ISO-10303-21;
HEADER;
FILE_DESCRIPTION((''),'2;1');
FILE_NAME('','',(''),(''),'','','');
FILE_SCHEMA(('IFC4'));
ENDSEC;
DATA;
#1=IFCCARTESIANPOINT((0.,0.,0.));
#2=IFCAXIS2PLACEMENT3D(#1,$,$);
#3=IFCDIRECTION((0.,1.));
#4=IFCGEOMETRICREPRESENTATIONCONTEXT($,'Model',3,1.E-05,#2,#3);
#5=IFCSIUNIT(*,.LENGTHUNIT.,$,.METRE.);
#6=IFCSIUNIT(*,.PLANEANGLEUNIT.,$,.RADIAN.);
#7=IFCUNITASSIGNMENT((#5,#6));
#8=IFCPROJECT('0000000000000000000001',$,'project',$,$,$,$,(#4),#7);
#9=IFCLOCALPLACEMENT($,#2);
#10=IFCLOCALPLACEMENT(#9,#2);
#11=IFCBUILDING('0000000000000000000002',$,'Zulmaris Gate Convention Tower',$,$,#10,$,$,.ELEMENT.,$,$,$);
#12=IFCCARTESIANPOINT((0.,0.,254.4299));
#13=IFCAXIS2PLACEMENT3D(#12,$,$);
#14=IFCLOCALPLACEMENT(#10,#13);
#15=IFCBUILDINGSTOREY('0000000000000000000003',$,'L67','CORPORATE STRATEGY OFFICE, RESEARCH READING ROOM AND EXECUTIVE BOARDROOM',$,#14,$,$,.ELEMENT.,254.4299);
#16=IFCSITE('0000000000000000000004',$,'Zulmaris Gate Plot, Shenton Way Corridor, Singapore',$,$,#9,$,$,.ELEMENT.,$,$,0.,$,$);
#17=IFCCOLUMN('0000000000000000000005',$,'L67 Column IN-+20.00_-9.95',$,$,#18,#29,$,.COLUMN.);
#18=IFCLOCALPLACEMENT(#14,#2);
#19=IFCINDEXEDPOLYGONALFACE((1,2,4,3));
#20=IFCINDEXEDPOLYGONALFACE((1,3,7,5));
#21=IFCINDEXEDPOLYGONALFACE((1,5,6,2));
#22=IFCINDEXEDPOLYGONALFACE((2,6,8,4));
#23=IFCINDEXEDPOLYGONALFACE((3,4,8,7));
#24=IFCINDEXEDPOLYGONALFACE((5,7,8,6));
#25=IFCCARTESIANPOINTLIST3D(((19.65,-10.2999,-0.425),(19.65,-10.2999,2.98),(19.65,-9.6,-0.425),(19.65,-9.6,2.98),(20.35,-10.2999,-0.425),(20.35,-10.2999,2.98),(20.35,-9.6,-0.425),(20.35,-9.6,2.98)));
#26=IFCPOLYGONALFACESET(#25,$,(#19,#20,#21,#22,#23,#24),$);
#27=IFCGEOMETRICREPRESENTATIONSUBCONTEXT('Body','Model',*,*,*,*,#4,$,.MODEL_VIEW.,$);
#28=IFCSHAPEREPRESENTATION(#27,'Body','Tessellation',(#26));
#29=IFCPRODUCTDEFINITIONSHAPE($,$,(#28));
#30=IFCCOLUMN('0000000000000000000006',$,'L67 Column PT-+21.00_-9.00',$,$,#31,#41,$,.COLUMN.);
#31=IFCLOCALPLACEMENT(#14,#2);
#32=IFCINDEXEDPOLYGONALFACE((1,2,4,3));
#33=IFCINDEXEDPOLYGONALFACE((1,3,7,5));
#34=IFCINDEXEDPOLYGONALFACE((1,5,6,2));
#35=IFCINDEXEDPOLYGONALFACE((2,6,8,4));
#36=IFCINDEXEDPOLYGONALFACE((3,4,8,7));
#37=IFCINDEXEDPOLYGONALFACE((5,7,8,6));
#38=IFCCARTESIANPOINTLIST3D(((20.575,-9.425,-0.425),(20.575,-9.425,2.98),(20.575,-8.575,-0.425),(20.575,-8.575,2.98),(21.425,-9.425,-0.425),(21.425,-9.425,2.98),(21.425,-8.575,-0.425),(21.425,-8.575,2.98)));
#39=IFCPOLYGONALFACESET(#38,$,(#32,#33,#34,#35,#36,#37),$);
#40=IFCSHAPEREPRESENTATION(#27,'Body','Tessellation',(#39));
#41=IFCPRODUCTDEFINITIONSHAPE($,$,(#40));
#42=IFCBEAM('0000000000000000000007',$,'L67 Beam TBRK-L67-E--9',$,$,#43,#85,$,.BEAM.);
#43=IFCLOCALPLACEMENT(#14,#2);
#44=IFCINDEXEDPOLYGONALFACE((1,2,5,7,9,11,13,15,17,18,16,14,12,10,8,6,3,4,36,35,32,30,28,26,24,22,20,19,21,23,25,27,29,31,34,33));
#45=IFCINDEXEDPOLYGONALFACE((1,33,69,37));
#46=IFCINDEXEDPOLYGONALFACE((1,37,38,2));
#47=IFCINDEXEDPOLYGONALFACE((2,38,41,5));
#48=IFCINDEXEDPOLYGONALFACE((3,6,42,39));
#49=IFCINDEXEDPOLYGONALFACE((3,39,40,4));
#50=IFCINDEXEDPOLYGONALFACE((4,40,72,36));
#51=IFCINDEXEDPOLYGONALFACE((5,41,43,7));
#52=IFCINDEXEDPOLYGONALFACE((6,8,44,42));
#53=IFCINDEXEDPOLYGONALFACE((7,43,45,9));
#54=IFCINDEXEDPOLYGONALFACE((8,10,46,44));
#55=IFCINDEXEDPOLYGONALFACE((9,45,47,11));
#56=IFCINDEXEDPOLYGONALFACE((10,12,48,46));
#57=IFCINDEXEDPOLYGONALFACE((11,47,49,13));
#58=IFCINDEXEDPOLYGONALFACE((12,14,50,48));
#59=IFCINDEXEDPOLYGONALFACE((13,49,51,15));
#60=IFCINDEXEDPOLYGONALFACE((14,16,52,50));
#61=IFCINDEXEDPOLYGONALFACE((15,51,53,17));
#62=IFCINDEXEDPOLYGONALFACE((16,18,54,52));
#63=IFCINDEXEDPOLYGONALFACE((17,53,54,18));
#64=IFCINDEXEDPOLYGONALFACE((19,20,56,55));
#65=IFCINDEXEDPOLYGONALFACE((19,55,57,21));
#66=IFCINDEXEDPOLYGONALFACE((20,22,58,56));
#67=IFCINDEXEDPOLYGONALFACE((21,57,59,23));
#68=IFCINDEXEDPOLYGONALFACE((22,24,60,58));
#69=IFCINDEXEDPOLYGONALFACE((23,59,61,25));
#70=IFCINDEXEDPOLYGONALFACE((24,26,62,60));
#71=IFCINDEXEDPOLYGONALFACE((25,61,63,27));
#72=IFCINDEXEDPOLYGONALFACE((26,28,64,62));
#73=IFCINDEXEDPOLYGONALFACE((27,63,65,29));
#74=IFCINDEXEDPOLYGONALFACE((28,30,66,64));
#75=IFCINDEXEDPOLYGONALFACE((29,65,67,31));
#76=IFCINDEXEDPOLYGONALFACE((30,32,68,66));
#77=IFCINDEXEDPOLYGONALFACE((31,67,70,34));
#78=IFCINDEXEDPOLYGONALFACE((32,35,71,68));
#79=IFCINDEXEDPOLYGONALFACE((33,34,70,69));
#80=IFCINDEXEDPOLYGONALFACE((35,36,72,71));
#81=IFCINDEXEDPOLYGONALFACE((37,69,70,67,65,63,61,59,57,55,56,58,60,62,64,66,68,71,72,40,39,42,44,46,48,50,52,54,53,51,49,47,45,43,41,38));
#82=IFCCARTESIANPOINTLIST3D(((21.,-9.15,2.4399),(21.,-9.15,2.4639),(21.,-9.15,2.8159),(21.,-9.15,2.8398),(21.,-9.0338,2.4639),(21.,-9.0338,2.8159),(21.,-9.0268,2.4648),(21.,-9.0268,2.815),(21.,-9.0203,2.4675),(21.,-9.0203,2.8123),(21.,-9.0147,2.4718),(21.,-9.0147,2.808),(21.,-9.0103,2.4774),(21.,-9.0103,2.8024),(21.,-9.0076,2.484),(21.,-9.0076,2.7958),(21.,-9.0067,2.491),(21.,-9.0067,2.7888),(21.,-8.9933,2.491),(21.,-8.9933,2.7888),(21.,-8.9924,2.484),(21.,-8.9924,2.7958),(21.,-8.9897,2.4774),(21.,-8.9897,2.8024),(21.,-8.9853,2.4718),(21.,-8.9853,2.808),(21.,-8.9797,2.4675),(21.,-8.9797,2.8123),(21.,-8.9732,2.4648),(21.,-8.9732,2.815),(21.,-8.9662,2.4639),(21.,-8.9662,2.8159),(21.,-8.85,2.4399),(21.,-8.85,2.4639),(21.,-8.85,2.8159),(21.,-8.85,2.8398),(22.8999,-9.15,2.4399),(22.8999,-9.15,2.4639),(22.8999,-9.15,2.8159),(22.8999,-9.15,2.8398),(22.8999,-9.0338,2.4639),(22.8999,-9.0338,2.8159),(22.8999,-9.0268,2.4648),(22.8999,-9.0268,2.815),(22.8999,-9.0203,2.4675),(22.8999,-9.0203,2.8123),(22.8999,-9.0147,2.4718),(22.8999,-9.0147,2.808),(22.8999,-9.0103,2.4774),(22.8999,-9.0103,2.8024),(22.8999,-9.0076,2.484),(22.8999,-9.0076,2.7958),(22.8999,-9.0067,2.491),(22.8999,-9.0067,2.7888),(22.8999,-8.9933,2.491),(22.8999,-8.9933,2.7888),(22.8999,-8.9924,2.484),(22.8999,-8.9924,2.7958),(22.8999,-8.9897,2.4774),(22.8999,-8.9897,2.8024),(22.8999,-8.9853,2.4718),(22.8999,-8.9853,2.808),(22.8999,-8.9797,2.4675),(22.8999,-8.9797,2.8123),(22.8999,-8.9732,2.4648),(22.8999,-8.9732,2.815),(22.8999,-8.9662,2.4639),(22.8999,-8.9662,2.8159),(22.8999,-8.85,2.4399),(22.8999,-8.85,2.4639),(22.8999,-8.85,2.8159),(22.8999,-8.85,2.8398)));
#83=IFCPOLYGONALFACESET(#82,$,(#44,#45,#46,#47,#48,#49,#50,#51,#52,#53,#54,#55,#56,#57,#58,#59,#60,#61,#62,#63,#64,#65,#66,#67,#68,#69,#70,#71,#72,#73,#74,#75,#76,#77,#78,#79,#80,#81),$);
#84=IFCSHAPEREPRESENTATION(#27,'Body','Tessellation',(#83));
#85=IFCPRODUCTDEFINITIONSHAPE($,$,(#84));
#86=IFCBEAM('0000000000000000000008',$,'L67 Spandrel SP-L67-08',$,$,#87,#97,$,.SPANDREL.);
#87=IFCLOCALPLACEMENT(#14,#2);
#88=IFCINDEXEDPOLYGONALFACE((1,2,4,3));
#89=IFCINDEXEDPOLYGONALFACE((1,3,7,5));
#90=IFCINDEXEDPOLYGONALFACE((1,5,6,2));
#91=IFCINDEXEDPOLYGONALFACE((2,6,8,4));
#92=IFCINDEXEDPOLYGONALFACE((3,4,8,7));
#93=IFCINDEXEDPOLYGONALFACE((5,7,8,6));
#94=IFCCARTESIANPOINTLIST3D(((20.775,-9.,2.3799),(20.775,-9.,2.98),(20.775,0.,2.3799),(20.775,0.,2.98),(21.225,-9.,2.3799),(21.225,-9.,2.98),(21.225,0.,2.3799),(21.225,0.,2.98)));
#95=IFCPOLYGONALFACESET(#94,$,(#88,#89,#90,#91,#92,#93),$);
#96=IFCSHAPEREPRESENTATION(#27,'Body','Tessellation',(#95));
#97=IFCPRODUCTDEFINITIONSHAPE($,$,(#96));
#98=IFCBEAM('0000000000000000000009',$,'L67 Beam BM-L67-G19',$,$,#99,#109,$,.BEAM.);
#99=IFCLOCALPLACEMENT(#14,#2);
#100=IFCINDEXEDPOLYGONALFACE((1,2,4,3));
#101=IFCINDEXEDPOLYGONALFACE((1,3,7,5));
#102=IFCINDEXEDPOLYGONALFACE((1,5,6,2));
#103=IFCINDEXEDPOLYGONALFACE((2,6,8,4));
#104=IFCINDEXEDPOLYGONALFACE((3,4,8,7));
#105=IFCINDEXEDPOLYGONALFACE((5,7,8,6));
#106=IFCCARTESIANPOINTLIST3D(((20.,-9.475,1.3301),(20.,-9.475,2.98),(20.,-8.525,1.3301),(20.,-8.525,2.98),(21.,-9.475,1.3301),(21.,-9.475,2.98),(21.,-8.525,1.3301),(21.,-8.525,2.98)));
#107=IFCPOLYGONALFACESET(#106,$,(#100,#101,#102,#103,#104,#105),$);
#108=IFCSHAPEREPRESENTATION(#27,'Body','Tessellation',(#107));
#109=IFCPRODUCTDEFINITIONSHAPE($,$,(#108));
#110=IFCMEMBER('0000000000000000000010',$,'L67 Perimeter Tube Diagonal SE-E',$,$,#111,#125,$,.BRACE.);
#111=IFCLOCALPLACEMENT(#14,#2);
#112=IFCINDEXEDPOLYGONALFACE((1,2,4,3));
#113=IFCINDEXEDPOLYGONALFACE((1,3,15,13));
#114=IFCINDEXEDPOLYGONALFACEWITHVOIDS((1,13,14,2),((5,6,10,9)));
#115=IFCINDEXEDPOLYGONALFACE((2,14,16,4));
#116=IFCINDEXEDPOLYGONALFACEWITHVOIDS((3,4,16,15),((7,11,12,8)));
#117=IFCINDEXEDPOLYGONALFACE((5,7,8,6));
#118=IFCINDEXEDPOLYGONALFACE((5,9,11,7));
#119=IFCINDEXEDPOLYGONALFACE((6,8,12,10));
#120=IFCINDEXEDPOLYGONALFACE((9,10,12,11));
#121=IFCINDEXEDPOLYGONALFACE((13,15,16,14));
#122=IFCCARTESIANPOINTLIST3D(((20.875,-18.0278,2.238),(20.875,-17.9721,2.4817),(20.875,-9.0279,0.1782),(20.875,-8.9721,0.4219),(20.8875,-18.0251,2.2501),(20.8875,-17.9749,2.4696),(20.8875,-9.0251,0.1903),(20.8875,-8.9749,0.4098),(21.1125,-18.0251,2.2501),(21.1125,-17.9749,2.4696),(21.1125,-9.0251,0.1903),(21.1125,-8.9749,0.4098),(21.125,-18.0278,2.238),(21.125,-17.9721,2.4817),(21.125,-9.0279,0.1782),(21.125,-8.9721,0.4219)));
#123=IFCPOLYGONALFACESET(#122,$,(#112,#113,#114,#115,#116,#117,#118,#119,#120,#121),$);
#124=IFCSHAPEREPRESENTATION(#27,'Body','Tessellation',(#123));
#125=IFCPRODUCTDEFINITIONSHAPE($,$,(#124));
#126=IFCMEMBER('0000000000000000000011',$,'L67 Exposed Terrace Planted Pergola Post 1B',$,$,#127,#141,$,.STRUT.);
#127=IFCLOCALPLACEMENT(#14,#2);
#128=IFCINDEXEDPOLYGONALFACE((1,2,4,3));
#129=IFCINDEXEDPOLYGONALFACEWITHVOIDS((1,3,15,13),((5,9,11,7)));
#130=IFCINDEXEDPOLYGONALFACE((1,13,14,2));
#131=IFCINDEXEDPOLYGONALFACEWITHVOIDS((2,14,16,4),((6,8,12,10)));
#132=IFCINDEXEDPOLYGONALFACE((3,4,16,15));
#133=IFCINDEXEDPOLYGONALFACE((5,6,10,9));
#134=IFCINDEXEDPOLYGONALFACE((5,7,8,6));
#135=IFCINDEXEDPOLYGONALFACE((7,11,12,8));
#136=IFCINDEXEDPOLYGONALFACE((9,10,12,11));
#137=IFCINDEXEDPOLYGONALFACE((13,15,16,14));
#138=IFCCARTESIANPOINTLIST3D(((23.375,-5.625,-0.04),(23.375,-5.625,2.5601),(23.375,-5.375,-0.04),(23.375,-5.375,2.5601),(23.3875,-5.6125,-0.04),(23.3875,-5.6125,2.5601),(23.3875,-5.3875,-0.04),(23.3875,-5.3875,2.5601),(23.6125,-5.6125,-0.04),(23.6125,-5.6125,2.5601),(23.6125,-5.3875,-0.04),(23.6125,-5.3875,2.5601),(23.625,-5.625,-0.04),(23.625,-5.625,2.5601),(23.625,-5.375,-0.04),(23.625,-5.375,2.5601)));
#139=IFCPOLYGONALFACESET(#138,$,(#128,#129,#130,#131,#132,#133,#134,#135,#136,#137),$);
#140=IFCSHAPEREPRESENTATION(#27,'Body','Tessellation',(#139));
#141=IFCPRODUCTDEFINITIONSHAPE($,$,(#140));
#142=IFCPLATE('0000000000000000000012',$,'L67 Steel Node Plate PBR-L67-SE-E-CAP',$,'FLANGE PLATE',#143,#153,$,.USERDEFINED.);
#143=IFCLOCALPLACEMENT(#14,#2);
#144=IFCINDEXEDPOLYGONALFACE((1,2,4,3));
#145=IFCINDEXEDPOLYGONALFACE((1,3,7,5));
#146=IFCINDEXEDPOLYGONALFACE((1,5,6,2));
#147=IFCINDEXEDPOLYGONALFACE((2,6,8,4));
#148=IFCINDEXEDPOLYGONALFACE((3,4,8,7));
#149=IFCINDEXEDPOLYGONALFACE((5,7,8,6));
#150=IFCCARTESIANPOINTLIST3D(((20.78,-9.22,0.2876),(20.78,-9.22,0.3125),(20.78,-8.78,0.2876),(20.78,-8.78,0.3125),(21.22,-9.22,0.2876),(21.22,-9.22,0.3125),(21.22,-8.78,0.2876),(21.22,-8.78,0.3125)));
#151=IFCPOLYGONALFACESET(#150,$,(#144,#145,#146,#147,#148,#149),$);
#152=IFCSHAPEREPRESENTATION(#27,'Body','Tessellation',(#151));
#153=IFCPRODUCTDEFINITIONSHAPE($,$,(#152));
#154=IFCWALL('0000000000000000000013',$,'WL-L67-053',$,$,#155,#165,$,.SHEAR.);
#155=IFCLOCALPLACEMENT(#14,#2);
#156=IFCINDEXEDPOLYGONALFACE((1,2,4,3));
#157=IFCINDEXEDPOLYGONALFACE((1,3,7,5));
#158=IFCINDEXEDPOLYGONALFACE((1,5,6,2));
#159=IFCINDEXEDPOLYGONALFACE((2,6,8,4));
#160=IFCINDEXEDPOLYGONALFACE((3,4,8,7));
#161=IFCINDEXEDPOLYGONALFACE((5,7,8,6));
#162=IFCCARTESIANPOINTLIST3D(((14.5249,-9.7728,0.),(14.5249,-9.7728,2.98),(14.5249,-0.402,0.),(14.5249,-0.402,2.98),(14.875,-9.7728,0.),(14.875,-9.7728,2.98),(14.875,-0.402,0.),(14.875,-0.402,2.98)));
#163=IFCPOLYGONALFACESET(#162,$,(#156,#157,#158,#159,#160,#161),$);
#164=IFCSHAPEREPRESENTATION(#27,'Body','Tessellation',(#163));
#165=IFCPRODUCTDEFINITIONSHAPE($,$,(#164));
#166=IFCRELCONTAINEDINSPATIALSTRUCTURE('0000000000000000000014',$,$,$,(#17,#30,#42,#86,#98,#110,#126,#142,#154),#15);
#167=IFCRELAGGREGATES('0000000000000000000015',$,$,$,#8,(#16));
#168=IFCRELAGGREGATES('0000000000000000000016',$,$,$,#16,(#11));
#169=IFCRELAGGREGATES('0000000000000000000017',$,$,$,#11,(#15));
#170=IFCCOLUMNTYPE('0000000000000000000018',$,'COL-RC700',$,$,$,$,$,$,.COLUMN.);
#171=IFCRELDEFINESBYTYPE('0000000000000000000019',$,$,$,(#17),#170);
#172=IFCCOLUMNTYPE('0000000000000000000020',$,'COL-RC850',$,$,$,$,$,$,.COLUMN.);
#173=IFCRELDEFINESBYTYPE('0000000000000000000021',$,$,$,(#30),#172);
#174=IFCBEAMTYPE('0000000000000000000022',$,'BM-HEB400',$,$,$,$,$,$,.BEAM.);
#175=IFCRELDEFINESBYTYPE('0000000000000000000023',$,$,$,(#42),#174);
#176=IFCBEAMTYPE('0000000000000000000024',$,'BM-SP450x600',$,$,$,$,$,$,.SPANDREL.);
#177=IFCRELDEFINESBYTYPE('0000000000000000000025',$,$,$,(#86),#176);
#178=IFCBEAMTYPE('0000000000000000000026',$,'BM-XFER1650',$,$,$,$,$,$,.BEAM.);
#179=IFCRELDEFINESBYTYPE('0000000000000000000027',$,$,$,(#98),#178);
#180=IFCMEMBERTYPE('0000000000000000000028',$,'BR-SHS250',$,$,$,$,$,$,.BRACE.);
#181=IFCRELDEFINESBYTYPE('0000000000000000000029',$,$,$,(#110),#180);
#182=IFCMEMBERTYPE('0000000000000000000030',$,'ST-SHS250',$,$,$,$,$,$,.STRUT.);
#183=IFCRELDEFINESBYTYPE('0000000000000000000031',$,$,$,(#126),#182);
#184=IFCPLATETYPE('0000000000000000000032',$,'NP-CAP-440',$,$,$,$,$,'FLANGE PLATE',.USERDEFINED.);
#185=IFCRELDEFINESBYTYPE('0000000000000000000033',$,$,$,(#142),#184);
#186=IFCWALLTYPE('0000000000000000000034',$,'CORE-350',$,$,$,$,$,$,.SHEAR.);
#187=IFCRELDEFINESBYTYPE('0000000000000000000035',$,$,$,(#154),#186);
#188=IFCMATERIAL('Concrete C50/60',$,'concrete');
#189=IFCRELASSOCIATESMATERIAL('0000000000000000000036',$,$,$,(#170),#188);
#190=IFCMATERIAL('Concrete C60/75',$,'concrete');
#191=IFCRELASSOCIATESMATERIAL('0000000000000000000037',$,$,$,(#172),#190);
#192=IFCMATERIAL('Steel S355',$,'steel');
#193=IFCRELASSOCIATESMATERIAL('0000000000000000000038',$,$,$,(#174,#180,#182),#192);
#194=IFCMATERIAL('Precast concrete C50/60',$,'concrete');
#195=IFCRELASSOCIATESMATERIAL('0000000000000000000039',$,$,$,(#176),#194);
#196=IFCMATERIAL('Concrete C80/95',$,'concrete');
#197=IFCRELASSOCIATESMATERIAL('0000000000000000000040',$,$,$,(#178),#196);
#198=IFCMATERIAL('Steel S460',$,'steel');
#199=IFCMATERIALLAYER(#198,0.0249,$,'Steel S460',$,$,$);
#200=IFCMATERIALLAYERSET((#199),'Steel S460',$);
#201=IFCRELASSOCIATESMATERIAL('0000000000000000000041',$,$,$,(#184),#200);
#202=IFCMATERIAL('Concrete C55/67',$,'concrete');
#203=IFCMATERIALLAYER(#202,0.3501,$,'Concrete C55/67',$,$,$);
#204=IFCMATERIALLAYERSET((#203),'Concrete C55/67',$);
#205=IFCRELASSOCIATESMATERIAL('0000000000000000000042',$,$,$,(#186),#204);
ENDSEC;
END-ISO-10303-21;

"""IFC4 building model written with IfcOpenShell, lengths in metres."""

from ifc_helpers import new_model, si_unit, direction, frame, frame_2d, origin, origin_2d, place, context, subcontext, project, spatial, rectangle, hollow_rectangle, i_section, extrude, material, layer, layer_set, material_profile, profile_set, type_object, element, save


model = new_model("IFC4")

# Units and contexts
model_context = context("Model", 3, precision=1e-05, world=origin(), true_north=direction((0.0, 1.0)))
body_context = subcontext(model_context, "Body", "Model", "MODEL_VIEW")
ifc_project = project(units=[si_unit("LENGTHUNIT", "METRE"), si_unit("PLANEANGLEUNIT", "RADIAN")], contexts=[model_context])

# Site, building, storey
site_placement = place(None, origin())
site = spatial("IfcSite", under=ifc_project, at=site_placement, Name="Zulmaris Gate Plot, Shenton Way Corridor, Singapore", CompositionType="ELEMENT", RefElevation=0.0)
building_placement = place(site_placement, origin())
building = spatial("IfcBuilding", under=site, at=building_placement, Name="Zulmaris Gate Convention Tower", CompositionType="ELEMENT")
storey_placement = place(building_placement, frame((0.0, 0.0, 254.4299)))
storey = spatial("IfcBuildingStorey", under=building, at=storey_placement, Name="L67", Description="CORPORATE STRATEGY OFFICE, RESEARCH READING ROOM AND EXECUTIVE BOARDROOM", CompositionType="ELEMENT", Elevation=254.4299)

# Columns
ifc_material_1 = material(Name="Concrete C50/60", Category="concrete")
ifc_material_profile_1 = material_profile(ifc_material_1, rectangle(XDim=0.7, YDim=0.7, at=origin_2d()), Name="RC COL 700x700")
ifc_profile_set_1 = profile_set([ifc_material_profile_1], Name="Concrete C50/60")
column_type_1 = type_object("IfcColumnType", Name="COL-RC700", PredefinedType="COLUMN", material=ifc_profile_set_1)
column_1_placement = place(storey_placement, frame((20.0, -9.95, -0.425), z_axis=(0.0, 0.0, 1.0), x_axis=(1.0, 0.0, 0.0)))
element("IfcColumn", 1, at=column_1_placement, inside=storey, type_object=column_type_1, Name="L67 Column IN-+20.00_-9.95", PredefinedType="COLUMN", context=body_context, shape_type="SweptSolid", body=[
    extrude(rectangle(XDim=0.7, YDim=0.7, at=origin_2d()), origin(), (0.0, 0.0, 1.0), 3.405),
])
ifc_material_2 = material(Name="Concrete C60/75", Category="concrete")
ifc_material_profile_2 = material_profile(ifc_material_2, rectangle(XDim=0.8501, YDim=0.8501, at=origin_2d()), Name="RC COL 850x850")
ifc_profile_set_2 = profile_set([ifc_material_profile_2], Name="Concrete C60/75")
column_type_2 = type_object("IfcColumnType", Name="COL-RC850", PredefinedType="COLUMN", material=ifc_profile_set_2)
column_2_placement = place(storey_placement, frame((21.0, -9.0, -0.425), z_axis=(0.0, 0.0, 1.0), x_axis=(1.0, 0.0, 0.0)))
element("IfcColumn", 2, at=column_2_placement, inside=storey, type_object=column_type_2, Name="L67 Column PT-+21.00_-9.00", PredefinedType="COLUMN", context=body_context, shape_type="SweptSolid", body=[
    extrude(rectangle(XDim=0.8501, YDim=0.8501, at=origin_2d()), origin(), (0.0, 0.0, 1.0), 3.405),
])

# Beams
ifc_material_3 = material(Name="Steel S355", Category="steel")
ifc_material_profile_3 = material_profile(ifc_material_3, i_section(OverallWidth=0.3, OverallDepth=0.3999, WebThickness=0.0134, FlangeThickness=0.0239, FilletRadius=0.0271, at=origin_2d()), Name="HEB 400")
ifc_profile_set_3 = profile_set([ifc_material_profile_3], Name="Steel S355")
beam_type_1 = type_object("IfcBeamType", Name="BM-HEB400", PredefinedType="BEAM", material=ifc_profile_set_3)
beam_1_placement = place(storey_placement, frame((21.0, -9.0, 2.6399), z_axis=(1.0, 0.0, 0.0), x_axis=(0.0, 1.0, 0.0)))
element("IfcBeam", 3, at=beam_1_placement, inside=storey, type_object=beam_type_1, Name="L67 Beam TBRK-L67-E--9", PredefinedType="BEAM", context=body_context, shape_type="SweptSolid", body=[
    extrude(i_section(OverallWidth=0.3, OverallDepth=0.3999, WebThickness=0.0134, FlangeThickness=0.0239, FilletRadius=0.0271, at=origin_2d()), origin(), (0.0, 0.0, 1.0), 1.8999),
])
ifc_material_4 = material(Name="Precast concrete C50/60", Category="concrete")
ifc_material_profile_4 = material_profile(ifc_material_4, rectangle(XDim=0.45, YDim=0.6001, at=origin_2d()), Name="RC SPANDREL 450x600")
ifc_profile_set_4 = profile_set([ifc_material_profile_4], Name="Precast concrete C50/60")
beam_type_2 = type_object("IfcBeamType", Name="BM-SP450x600", PredefinedType="SPANDREL", material=ifc_profile_set_4)
beam_2_placement = place(storey_placement, frame((21.0, -9.0, 2.6799), z_axis=(0.0, 1.0, 0.0), x_axis=(-1.0, 0.0, 0.0)))
element("IfcBeam", 4, at=beam_2_placement, inside=storey, type_object=beam_type_2, Name="L67 Spandrel SP-L67-08", PredefinedType="SPANDREL", context=body_context, shape_type="SweptSolid", body=[
    extrude(rectangle(XDim=0.45, YDim=0.6001, at=origin_2d()), origin(), (0.0, 0.0, 1.0), 9.0),
])
ifc_material_5 = material(Name="Concrete C80/95", Category="concrete")
ifc_material_profile_5 = material_profile(ifc_material_5, rectangle(XDim=0.95, YDim=1.6499, at=origin_2d()), Name="RC TRANSFER 950x1650")
ifc_profile_set_5 = profile_set([ifc_material_profile_5], Name="Concrete C80/95")
beam_type_3 = type_object("IfcBeamType", Name="BM-XFER1650", PredefinedType="BEAM", material=ifc_profile_set_5)
beam_3_placement = place(storey_placement, frame((20.0, -9.0, 2.155), z_axis=(1.0, 0.0, 0.0), x_axis=(0.0, 1.0, 0.0)))
element("IfcBeam", 5, at=beam_3_placement, inside=storey, type_object=beam_type_3, Name="L67 Beam BM-L67-G19", PredefinedType="BEAM", context=body_context, shape_type="SweptSolid", body=[
    extrude(rectangle(XDim=0.95, YDim=1.6499, at=origin_2d()), origin(), (0.0, 0.0, 1.0), 1.0),
])

# Members
ifc_material_profile_6 = material_profile(ifc_material_3, hollow_rectangle(XDim=0.25, YDim=0.25, WallThickness=0.0125, at=origin_2d()), Name="SHS 250x250x12.5")
ifc_profile_set_6 = profile_set([ifc_material_profile_6], Name="Steel S355")
member_type_1 = type_object("IfcMemberType", Name="BR-SHS250", PredefinedType="BRACE", material=ifc_profile_set_6)
member_1_placement = place(storey_placement, frame((21.0, -9.0, 0.3), z_axis=(0.0, -0.974796, 0.2231), x_axis=(1.0, 0.0, 0.0)))
element("IfcMember", 6, at=member_1_placement, inside=storey, type_object=member_type_1, Name="L67 Perimeter Tube Diagonal SE-E", PredefinedType="BRACE", context=body_context, shape_type="SweptSolid", body=[
    extrude(hollow_rectangle(XDim=0.25, YDim=0.25, WallThickness=0.0125, at=origin_2d()), origin(), (0.0, 0.0, 1.0), 9.2327),
])
ifc_material_profile_7 = material_profile(ifc_material_3, hollow_rectangle(XDim=0.25, YDim=0.25, WallThickness=0.0125, at=origin_2d()), Name="SHS 250x250x12.5")
ifc_profile_set_7 = profile_set([ifc_material_profile_7], Name="Steel S355")
member_type_2 = type_object("IfcMemberType", Name="ST-SHS250", PredefinedType="STRUT", material=ifc_profile_set_7)
member_2_placement = place(storey_placement, frame((23.5, -5.5, -0.04), z_axis=(0.0, 0.0, 1.0), x_axis=(1.0, 0.0, 0.0)))
element("IfcMember", 7, at=member_2_placement, inside=storey, type_object=member_type_2, Name="L67 Exposed Terrace Planted Pergola Post 1B", PredefinedType="STRUT", context=body_context, shape_type="SweptSolid", body=[
    extrude(hollow_rectangle(XDim=0.25, YDim=0.25, WallThickness=0.0125, at=origin_2d()), origin(), (0.0, 0.0, 1.0), 2.6001),
])

# Plate
ifc_material_6 = material(Name="Steel S460", Category="steel")
ifc_layer_1 = layer(ifc_material_6, 0.0249, Name="Steel S460")
ifc_layer_set_1 = layer_set([ifc_layer_1], Name="Steel S460")
plate_type = type_object("IfcPlateType", Name="NP-CAP-440", ElementType="FLANGE PLATE", PredefinedType="USERDEFINED", material=ifc_layer_set_1)
plate_placement = place(storey_placement, frame((21.0, -9.0, 0.2876), z_axis=(0.0, 0.0, 1.0), x_axis=(1.0, 0.0, 0.0)))
element("IfcPlate", 8, at=plate_placement, inside=storey, type_object=plate_type, Name="L67 Steel Node Plate PBR-L67-SE-E-CAP", ObjectType="FLANGE PLATE", PredefinedType="USERDEFINED", context=body_context, shape_type="SweptSolid", body=[
    extrude(rectangle(XDim=0.4399, YDim=0.4399, at=origin_2d()), origin(), (0.0, 0.0, 1.0), 0.0249),
])

# Shared definitions
ifc_material_7 = material(Name="Concrete C55/67", Category="concrete")
ifc_layer_2 = layer(ifc_material_7, 0.3501, Name="Concrete C55/67")
ifc_layer_set_2 = layer_set([ifc_layer_2], Name="Concrete C55/67")
wall_type_1 = type_object("IfcWallType", Name="CORE-350", PredefinedType="SHEAR", material=ifc_layer_set_2)

# Wall
wall_1_placement = place(storey_placement, frame((14.7, -9.7729, 0.0), z_axis=(0.0, 0.0, 1.0), x_axis=(0.0, 1.0, 0.0)))
element("IfcWall", 9, at=wall_1_placement, inside=storey, type_object=wall_type_1, Name="WL-L67-053", PredefinedType="SHEAR", context=body_context, shape_type="SweptSolid", body=[
    extrude(rectangle(XDim=9.3708, YDim=0.3501, at=frame_2d((4.6855, 0.0))), origin(), (0.0, 0.0, 1.0), 2.98),
])

save(model, "model.ifc")
